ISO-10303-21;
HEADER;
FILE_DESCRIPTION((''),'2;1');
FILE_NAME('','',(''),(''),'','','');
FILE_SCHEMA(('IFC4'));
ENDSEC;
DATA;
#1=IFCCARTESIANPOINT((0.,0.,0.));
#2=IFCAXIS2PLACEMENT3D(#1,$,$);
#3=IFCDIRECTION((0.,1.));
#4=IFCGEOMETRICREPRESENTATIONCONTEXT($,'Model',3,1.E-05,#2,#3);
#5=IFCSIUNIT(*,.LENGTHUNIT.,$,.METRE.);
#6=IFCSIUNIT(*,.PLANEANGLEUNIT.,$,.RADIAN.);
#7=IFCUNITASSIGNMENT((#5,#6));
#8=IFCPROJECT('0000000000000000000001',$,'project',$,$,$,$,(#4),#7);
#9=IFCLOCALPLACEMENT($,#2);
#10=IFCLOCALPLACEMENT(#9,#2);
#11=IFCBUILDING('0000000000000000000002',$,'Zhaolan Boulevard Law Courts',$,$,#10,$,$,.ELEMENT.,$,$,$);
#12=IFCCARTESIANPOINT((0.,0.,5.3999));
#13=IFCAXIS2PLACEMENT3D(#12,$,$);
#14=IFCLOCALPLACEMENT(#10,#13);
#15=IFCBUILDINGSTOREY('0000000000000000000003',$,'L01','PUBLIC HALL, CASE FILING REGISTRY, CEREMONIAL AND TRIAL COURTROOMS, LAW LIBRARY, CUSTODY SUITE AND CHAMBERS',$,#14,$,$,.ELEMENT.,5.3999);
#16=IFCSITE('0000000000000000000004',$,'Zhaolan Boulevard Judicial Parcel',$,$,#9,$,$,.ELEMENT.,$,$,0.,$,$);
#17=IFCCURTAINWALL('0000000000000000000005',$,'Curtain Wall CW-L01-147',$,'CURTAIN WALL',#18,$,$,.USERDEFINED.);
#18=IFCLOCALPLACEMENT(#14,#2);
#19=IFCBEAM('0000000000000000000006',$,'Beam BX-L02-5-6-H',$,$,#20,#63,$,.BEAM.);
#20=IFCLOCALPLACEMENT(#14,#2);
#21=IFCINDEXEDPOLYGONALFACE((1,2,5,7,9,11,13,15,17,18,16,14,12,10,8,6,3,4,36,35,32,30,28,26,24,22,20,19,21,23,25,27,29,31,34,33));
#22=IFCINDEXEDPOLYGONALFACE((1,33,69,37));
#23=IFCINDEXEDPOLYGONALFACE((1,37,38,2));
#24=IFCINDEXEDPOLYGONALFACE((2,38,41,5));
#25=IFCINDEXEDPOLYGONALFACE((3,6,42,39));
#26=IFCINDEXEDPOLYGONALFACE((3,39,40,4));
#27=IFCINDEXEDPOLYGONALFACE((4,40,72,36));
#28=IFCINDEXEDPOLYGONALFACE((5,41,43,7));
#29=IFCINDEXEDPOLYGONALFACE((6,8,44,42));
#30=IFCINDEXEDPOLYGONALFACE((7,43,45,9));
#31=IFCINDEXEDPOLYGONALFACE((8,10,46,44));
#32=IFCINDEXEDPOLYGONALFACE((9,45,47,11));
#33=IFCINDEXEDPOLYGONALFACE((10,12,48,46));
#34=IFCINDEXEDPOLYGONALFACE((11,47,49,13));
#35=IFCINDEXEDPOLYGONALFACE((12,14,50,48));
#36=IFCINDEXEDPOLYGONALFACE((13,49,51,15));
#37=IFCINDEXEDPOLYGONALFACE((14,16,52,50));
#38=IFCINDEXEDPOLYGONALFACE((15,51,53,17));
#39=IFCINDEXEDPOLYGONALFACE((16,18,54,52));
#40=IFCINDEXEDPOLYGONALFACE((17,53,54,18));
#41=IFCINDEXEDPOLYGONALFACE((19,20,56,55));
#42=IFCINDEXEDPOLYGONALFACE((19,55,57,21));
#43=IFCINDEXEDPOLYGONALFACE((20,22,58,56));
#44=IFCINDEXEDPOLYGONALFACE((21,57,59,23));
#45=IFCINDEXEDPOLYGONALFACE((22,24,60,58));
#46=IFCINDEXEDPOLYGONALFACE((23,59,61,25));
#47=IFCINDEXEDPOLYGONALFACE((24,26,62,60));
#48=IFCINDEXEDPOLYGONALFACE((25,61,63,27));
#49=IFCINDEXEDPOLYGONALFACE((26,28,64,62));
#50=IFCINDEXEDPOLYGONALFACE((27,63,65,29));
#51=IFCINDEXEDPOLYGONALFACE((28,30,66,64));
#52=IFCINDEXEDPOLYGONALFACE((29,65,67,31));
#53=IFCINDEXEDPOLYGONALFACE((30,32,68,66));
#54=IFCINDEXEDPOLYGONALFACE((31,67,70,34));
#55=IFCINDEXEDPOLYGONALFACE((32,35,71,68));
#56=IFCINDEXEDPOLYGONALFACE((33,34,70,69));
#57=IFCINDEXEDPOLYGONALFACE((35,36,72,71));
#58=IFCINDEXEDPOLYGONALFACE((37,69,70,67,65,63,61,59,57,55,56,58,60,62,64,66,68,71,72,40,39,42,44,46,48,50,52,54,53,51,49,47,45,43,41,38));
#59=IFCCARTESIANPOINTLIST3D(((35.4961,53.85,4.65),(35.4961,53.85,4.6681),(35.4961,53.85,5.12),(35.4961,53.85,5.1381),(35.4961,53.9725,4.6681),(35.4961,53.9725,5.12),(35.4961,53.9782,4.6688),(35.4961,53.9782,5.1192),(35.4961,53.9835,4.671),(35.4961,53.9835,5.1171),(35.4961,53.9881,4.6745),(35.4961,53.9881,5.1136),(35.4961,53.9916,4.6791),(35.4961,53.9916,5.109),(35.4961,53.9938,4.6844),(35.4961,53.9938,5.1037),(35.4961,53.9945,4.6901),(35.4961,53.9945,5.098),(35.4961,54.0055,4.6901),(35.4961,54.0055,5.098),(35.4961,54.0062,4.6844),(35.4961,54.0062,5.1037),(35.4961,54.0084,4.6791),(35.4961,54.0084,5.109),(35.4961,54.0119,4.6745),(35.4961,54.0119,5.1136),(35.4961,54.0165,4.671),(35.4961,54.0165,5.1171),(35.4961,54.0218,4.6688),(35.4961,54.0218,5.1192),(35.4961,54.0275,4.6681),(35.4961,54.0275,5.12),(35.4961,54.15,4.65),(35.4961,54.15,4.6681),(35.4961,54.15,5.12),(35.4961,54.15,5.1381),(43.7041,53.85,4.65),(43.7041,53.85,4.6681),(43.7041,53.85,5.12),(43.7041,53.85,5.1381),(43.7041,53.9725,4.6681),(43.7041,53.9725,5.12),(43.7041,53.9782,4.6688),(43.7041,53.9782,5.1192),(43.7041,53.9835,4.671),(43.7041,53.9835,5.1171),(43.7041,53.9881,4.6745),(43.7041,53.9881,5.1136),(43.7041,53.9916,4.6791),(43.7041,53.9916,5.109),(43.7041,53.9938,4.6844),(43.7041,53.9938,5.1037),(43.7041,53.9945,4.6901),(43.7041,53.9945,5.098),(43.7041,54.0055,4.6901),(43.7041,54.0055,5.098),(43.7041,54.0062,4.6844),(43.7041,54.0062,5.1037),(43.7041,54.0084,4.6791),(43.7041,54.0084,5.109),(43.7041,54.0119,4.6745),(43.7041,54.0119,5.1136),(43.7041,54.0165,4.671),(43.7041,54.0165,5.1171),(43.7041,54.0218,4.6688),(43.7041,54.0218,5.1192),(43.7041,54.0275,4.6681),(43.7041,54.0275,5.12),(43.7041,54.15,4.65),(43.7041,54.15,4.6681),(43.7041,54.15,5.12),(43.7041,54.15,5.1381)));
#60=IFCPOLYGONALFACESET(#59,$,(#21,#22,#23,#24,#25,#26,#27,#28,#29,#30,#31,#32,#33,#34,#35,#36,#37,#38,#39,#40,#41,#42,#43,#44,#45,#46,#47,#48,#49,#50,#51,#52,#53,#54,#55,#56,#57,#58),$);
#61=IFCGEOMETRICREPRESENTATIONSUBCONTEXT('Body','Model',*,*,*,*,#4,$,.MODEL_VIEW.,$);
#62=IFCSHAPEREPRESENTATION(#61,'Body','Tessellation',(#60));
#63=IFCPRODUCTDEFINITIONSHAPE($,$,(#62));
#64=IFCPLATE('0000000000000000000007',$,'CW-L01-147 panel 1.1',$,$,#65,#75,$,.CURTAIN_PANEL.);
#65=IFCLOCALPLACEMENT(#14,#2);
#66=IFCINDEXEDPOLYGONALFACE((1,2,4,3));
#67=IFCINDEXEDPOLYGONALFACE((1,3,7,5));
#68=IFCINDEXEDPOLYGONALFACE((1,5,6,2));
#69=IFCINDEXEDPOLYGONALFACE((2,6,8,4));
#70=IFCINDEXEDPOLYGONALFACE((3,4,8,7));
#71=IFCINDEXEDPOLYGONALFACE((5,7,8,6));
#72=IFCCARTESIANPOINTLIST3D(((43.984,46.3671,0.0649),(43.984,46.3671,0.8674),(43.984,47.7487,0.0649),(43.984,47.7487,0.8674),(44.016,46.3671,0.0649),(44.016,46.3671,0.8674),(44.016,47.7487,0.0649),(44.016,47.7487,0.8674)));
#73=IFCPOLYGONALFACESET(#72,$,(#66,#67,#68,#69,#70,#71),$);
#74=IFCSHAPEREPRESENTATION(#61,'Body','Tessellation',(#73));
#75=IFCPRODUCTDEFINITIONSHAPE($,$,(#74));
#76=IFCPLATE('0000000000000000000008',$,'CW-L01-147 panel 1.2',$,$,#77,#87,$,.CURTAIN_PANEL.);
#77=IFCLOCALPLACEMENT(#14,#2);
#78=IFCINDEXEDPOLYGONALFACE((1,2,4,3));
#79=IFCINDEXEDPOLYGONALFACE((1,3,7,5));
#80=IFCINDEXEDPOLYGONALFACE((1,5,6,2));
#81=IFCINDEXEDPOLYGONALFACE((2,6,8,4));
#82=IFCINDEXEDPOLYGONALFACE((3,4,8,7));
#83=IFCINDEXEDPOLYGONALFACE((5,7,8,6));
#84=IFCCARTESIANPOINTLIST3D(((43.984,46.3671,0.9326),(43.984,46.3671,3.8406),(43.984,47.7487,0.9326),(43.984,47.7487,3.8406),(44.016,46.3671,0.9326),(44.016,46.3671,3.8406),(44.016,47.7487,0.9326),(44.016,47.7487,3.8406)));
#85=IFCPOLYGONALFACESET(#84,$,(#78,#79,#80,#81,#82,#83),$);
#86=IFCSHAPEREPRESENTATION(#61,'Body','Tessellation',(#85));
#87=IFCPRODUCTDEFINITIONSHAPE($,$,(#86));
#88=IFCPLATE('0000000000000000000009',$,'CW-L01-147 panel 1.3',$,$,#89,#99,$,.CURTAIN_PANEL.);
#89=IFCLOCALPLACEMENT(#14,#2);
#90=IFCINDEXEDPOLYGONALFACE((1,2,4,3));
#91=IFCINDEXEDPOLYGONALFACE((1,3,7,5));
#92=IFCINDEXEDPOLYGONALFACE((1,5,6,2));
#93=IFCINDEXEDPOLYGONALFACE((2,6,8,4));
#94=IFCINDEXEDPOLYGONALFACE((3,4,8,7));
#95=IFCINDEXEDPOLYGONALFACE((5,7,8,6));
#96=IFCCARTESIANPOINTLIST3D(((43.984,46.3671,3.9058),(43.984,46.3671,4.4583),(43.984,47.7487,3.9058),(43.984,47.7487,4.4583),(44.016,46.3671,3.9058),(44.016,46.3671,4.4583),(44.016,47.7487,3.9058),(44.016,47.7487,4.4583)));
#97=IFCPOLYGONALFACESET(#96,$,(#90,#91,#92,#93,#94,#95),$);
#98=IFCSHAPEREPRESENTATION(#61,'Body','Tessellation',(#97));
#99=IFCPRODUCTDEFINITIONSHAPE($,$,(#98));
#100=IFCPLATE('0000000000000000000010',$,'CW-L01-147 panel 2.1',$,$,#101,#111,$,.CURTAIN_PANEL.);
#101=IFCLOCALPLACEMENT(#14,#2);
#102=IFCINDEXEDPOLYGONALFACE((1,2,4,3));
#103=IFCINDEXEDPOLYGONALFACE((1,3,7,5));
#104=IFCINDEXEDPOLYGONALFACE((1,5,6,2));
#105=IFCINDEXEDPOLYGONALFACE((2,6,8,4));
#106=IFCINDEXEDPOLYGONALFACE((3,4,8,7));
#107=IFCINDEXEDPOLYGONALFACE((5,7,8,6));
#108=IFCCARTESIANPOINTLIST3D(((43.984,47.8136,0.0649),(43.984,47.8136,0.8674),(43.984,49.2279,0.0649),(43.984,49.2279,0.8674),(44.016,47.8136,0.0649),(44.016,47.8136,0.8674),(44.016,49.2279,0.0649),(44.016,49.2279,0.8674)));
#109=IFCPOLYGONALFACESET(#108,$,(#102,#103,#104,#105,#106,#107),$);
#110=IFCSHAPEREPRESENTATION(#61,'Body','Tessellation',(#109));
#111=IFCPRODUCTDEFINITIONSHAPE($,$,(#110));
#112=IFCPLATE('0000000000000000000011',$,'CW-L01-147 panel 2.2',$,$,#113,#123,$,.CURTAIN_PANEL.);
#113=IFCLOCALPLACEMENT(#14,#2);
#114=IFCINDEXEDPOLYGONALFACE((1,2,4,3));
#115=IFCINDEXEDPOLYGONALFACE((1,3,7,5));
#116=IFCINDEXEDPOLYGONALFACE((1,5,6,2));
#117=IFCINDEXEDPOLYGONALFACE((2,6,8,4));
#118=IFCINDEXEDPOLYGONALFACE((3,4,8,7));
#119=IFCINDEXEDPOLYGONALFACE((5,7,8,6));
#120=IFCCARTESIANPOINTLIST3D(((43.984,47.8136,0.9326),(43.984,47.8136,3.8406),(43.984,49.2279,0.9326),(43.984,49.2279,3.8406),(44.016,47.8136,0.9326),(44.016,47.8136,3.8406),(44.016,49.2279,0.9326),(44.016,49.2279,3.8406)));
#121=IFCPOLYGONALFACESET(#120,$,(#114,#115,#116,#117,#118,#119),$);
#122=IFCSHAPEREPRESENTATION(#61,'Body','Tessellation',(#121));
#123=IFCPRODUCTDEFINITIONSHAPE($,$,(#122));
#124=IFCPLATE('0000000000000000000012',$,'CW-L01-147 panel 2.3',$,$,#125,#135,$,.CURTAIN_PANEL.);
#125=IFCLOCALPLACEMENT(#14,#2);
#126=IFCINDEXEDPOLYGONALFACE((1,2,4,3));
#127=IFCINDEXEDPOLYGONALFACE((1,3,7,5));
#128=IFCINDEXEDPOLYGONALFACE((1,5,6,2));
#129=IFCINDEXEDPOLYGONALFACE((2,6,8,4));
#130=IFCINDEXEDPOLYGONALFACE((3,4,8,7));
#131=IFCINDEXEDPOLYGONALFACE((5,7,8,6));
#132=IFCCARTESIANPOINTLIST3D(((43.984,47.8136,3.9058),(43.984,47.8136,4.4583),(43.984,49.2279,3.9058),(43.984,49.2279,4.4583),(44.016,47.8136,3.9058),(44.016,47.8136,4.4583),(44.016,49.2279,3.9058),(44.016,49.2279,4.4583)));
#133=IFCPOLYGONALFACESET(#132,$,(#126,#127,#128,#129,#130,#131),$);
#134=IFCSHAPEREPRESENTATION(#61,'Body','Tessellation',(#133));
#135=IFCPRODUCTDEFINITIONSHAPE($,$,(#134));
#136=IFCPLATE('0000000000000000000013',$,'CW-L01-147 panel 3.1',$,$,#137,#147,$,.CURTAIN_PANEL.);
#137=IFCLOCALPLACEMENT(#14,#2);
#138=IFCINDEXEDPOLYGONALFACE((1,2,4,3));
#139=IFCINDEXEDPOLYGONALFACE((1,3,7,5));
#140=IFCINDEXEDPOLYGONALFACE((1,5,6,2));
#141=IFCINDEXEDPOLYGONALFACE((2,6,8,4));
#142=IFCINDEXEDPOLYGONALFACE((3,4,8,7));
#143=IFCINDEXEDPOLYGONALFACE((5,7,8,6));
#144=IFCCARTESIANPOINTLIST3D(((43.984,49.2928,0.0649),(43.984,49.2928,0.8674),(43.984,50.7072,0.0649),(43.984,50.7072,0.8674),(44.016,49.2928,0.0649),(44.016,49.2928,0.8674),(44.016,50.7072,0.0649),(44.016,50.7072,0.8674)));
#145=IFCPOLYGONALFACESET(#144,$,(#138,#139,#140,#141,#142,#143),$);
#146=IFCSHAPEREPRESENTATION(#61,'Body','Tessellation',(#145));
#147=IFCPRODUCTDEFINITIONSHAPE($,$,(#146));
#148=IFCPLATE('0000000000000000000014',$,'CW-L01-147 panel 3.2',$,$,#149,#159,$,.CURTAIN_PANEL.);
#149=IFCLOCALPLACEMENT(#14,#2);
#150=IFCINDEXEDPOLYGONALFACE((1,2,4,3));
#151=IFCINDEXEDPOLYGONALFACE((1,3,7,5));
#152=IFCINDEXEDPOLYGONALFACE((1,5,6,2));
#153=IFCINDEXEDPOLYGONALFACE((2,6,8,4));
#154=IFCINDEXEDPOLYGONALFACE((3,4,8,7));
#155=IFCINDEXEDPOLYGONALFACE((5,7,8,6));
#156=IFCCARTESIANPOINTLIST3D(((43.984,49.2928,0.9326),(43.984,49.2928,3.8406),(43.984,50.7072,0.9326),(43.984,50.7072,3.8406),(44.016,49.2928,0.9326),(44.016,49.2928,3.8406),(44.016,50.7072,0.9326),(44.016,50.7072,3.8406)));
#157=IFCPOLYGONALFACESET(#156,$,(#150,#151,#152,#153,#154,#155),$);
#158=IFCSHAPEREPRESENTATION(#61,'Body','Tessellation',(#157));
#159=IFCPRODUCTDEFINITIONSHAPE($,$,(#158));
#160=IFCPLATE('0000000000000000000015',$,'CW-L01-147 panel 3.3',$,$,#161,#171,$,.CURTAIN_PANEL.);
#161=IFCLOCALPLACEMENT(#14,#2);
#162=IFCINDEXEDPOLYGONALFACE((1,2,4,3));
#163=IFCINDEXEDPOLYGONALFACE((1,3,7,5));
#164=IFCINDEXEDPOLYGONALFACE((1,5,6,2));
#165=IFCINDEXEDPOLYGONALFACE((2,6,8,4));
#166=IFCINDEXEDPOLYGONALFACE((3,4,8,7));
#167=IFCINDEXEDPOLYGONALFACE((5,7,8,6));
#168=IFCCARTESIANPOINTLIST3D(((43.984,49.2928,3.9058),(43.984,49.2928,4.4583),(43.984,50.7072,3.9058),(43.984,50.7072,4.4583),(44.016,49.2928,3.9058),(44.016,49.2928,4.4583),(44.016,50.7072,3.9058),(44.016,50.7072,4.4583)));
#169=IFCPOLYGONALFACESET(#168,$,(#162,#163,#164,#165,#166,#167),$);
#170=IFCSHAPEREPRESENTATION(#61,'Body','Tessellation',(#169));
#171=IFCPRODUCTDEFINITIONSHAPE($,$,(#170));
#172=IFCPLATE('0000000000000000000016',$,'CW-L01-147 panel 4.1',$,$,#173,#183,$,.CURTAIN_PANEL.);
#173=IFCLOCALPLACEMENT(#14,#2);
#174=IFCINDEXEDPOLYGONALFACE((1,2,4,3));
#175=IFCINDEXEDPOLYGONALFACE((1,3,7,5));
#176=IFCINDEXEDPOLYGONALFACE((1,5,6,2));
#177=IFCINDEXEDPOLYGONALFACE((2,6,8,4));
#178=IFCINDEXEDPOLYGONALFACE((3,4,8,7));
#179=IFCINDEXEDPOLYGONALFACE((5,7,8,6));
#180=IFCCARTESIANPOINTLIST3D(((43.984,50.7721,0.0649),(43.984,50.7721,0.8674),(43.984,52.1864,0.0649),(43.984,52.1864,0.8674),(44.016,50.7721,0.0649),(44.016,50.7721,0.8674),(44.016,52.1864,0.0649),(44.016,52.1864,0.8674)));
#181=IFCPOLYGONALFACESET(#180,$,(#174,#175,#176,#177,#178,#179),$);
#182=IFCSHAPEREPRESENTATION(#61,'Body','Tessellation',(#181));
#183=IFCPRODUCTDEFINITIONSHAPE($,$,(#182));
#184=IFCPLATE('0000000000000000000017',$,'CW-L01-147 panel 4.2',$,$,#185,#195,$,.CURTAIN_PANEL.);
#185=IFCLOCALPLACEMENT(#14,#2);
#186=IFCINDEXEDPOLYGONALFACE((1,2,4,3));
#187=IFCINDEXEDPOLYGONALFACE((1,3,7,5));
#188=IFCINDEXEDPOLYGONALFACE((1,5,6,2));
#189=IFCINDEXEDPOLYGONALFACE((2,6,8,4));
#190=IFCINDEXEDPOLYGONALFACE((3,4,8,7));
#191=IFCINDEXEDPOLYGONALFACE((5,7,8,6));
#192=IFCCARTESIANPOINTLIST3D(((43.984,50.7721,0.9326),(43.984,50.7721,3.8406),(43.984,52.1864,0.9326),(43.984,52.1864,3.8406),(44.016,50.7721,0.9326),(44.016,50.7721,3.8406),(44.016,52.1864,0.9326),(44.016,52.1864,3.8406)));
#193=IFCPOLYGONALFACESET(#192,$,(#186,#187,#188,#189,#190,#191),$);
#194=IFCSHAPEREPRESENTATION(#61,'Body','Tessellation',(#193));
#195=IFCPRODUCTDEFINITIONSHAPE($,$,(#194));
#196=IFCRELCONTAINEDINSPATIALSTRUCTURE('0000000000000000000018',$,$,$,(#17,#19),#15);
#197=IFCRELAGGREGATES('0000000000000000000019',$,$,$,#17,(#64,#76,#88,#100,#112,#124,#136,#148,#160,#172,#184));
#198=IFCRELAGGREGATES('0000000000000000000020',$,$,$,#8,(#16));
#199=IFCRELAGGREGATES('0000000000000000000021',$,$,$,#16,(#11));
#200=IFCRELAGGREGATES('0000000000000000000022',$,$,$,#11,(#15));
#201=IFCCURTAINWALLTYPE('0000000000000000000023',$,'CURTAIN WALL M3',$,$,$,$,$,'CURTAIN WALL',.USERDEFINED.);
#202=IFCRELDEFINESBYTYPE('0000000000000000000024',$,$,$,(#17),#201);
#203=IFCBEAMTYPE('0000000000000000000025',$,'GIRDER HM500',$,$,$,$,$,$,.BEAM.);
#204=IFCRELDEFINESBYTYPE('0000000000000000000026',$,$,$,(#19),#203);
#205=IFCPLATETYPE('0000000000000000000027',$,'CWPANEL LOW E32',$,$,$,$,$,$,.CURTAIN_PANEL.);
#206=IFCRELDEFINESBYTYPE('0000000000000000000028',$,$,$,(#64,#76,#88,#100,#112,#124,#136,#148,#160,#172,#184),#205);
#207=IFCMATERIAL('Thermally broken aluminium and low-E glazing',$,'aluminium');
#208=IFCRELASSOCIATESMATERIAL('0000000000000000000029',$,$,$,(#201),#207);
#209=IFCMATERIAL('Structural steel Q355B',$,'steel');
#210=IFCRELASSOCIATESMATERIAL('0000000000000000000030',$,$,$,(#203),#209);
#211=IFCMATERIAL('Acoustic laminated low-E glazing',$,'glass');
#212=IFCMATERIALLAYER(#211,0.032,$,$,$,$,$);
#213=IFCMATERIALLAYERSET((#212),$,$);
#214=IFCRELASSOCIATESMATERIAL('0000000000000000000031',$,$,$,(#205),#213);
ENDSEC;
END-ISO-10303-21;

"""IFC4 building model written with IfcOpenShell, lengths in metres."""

from ifc_helpers import new_model, si_unit, direction, frame, origin, origin_2d, place, context, subcontext, project, spatial, rectangle, i_section, extrude, material, layer, layer_set, material_profile, profile_set, type_object, element, aggregate, save


model = new_model("IFC4")

# Units and contexts
model_context = context("Model", 3, precision=1e-05, world=origin(), true_north=direction((0.0, 1.0)))
body_context = subcontext(model_context, "Body", "Model", "MODEL_VIEW")
ifc_project = project(units=[si_unit("LENGTHUNIT", "METRE"), si_unit("PLANEANGLEUNIT", "RADIAN")], contexts=[model_context])

# Site, building, storey
site_placement = place(None, origin())
site = spatial("IfcSite", under=ifc_project, at=site_placement, Name="Zhaolan Boulevard Judicial Parcel", CompositionType="ELEMENT", RefElevation=0.0)
building_placement = place(site_placement, origin())
building = spatial("IfcBuilding", under=site, at=building_placement, Name="Zhaolan Boulevard Law Courts", CompositionType="ELEMENT")
storey_placement = place(building_placement, frame((0.0, 0.0, 5.3999)))
storey = spatial("IfcBuildingStorey", under=building, at=storey_placement, Name="L01", Description="PUBLIC HALL, CASE FILING REGISTRY, CEREMONIAL AND TRIAL COURTROOMS, LAW LIBRARY, CUSTODY SUITE AND CHAMBERS", CompositionType="ELEMENT", Elevation=5.3999)

# Curtain wall
ifc_material_1 = material(Name="Thermally broken aluminium and low-E glazing", Category="aluminium")
curtain_wall_type = type_object("IfcCurtainWallType", Name="CURTAIN WALL M3", ElementType="CURTAIN WALL", PredefinedType="USERDEFINED", material=ifc_material_1)
curtain_wall_placement = place(storey_placement, origin())
curtain_wall = element("IfcCurtainWall", 1, at=curtain_wall_placement, inside=storey, type_object=curtain_wall_type, Name="Curtain Wall CW-L01-147", ObjectType="CURTAIN WALL", PredefinedType="USERDEFINED")

# Beam
ifc_material_2 = material(Name="Structural steel Q355B", Category="steel")
ifc_material_profile_1 = material_profile(ifc_material_2, i_section(OverallWidth=0.3, OverallDepth=0.488, WebThickness=0.011, FlangeThickness=0.0181, FilletRadius=0.022, at=origin_2d()), Name="HM488x300")
ifc_profile_set_1 = profile_set([ifc_material_profile_1], Name="Structural steel Q355B")
beam_type = type_object("IfcBeamType", Name="GIRDER HM500", PredefinedType="BEAM", material=ifc_profile_set_1)
beam_placement = place(storey_placement, frame((35.4961, 54.0, 4.894), z_axis=(1.0, 0.0, 0.0), x_axis=(0.0, 1.0, 0.0)))
element("IfcBeam", 2, at=beam_placement, inside=storey, type_object=beam_type, Name="Beam BX-L02-5-6-H", PredefinedType="BEAM", context=body_context, shape_type="SweptSolid", body=[
    extrude(i_section(OverallWidth=0.3, OverallDepth=0.488, WebThickness=0.011, FlangeThickness=0.0181, FilletRadius=0.022, at=origin_2d()), origin(), (0.0, 0.0, 1.0), 8.208),
])

# Plates
ifc_material_3 = material(Name="Acoustic laminated low-E glazing", Category="glass")
ifc_layer = layer(ifc_material_3, 0.032)
ifc_layer_set = layer_set([ifc_layer])
plate_type = type_object("IfcPlateType", Name="CWPANEL LOW E32", PredefinedType="CURTAIN_PANEL", material=ifc_layer_set)
plate_1_placement = place(storey_placement, frame((44.0, 47.0579, 0.0649), z_axis=(0.0, 0.0, 1.0), x_axis=(0.0, 1.0, 0.0)))
plate_1 = element("IfcPlate", 3, at=plate_1_placement, type_object=plate_type, Name="CW-L01-147 panel 1.1", PredefinedType="CURTAIN_PANEL", context=body_context, shape_type="SweptSolid", body=[
    extrude(rectangle(XDim=1.3816, YDim=0.032, at=origin_2d()), origin(), (0.0, 0.0, 1.0), 0.8025),
])
plate_2_placement = place(storey_placement, frame((44.0, 47.0579, 0.9326), z_axis=(0.0, 0.0, 1.0), x_axis=(0.0, 1.0, 0.0)))
plate_2 = element("IfcPlate", 4, at=plate_2_placement, type_object=plate_type, Name="CW-L01-147 panel 1.2", PredefinedType="CURTAIN_PANEL", context=body_context, shape_type="SweptSolid", body=[
    extrude(rectangle(XDim=1.3816, YDim=0.032, at=origin_2d()), origin(), (0.0, 0.0, 1.0), 2.908),
])
plate_3_placement = place(storey_placement, frame((44.0, 47.0579, 3.9058), z_axis=(0.0, 0.0, 1.0), x_axis=(0.0, 1.0, 0.0)))
plate_3 = element("IfcPlate", 5, at=plate_3_placement, type_object=plate_type, Name="CW-L01-147 panel 1.3", PredefinedType="CURTAIN_PANEL", context=body_context, shape_type="SweptSolid", body=[
    extrude(rectangle(XDim=1.3816, YDim=0.032, at=origin_2d()), origin(), (0.0, 0.0, 1.0), 0.5525),
])
plate_4_placement = place(storey_placement, frame((44.0, 48.5208, 0.0649), z_axis=(0.0, 0.0, 1.0), x_axis=(0.0, 1.0, 0.0)))
plate_4 = element("IfcPlate", 6, at=plate_4_placement, type_object=plate_type, Name="CW-L01-147 panel 2.1", PredefinedType="CURTAIN_PANEL", context=body_context, shape_type="SweptSolid", body=[
    extrude(rectangle(XDim=1.4143, YDim=0.032, at=origin_2d()), origin(), (0.0, 0.0, 1.0), 0.8025),
])
plate_5_placement = place(storey_placement, frame((44.0, 48.5208, 0.9326), z_axis=(0.0, 0.0, 1.0), x_axis=(0.0, 1.0, 0.0)))
plate_5 = element("IfcPlate", 7, at=plate_5_placement, type_object=plate_type, Name="CW-L01-147 panel 2.2", PredefinedType="CURTAIN_PANEL", context=body_context, shape_type="SweptSolid", body=[
    extrude(rectangle(XDim=1.4143, YDim=0.032, at=origin_2d()), origin(), (0.0, 0.0, 1.0), 2.908),
])
plate_6_placement = place(storey_placement, frame((44.0, 48.5208, 3.9058), z_axis=(0.0, 0.0, 1.0), x_axis=(0.0, 1.0, 0.0)))
plate_6 = element("IfcPlate", 8, at=plate_6_placement, type_object=plate_type, Name="CW-L01-147 panel 2.3", PredefinedType="CURTAIN_PANEL", context=body_context, shape_type="SweptSolid", body=[
    extrude(rectangle(XDim=1.4143, YDim=0.032, at=origin_2d()), origin(), (0.0, 0.0, 1.0), 0.5525),
])
plate_7_placement = place(storey_placement, frame((44.0, 50.0, 0.0649), z_axis=(0.0, 0.0, 1.0), x_axis=(0.0, 1.0, 0.0)))
plate_7 = element("IfcPlate", 9, at=plate_7_placement, type_object=plate_type, Name="CW-L01-147 panel 3.1", PredefinedType="CURTAIN_PANEL", context=body_context, shape_type="SweptSolid", body=[
    extrude(rectangle(XDim=1.4143, YDim=0.032, at=origin_2d()), origin(), (0.0, 0.0, 1.0), 0.8025),
])
plate_8_placement = place(storey_placement, frame((44.0, 50.0, 0.9326), z_axis=(0.0, 0.0, 1.0), x_axis=(0.0, 1.0, 0.0)))
plate_8 = element("IfcPlate", 10, at=plate_8_placement, type_object=plate_type, Name="CW-L01-147 panel 3.2", PredefinedType="CURTAIN_PANEL", context=body_context, shape_type="SweptSolid", body=[
    extrude(rectangle(XDim=1.4143, YDim=0.032, at=origin_2d()), origin(), (0.0, 0.0, 1.0), 2.908),
])
plate_9_placement = place(storey_placement, frame((44.0, 50.0, 3.9058), z_axis=(0.0, 0.0, 1.0), x_axis=(0.0, 1.0, 0.0)))
plate_9 = element("IfcPlate", 11, at=plate_9_placement, type_object=plate_type, Name="CW-L01-147 panel 3.3", PredefinedType="CURTAIN_PANEL", context=body_context, shape_type="SweptSolid", body=[
    extrude(rectangle(XDim=1.4143, YDim=0.032, at=origin_2d()), origin(), (0.0, 0.0, 1.0), 0.5525),
])
plate_10_placement = place(storey_placement, frame((44.0, 51.4792, 0.0649), z_axis=(0.0, 0.0, 1.0), x_axis=(0.0, 1.0, 0.0)))
plate_10 = element("IfcPlate", 12, at=plate_10_placement, type_object=plate_type, Name="CW-L01-147 panel 4.1", PredefinedType="CURTAIN_PANEL", context=body_context, shape_type="SweptSolid", body=[
    extrude(rectangle(XDim=1.4143, YDim=0.032, at=origin_2d()), origin(), (0.0, 0.0, 1.0), 0.8025),
])
plate_11_placement = place(storey_placement, frame((44.0, 51.4792, 0.9326), z_axis=(0.0, 0.0, 1.0), x_axis=(0.0, 1.0, 0.0)))
plate_11 = element("IfcPlate", 13, at=plate_11_placement, type_object=plate_type, Name="CW-L01-147 panel 4.2", PredefinedType="CURTAIN_PANEL", context=body_context, shape_type="SweptSolid", body=[
    extrude(rectangle(XDim=1.4143, YDim=0.032, at=origin_2d()), origin(), (0.0, 0.0, 1.0), 2.908),
])
aggregate(curtain_wall, [plate_1, plate_2, plate_3, plate_4, plate_5, plate_6, plate_7, plate_8, plate_9, plate_10, plate_11])

save(model, "model.ifc")
